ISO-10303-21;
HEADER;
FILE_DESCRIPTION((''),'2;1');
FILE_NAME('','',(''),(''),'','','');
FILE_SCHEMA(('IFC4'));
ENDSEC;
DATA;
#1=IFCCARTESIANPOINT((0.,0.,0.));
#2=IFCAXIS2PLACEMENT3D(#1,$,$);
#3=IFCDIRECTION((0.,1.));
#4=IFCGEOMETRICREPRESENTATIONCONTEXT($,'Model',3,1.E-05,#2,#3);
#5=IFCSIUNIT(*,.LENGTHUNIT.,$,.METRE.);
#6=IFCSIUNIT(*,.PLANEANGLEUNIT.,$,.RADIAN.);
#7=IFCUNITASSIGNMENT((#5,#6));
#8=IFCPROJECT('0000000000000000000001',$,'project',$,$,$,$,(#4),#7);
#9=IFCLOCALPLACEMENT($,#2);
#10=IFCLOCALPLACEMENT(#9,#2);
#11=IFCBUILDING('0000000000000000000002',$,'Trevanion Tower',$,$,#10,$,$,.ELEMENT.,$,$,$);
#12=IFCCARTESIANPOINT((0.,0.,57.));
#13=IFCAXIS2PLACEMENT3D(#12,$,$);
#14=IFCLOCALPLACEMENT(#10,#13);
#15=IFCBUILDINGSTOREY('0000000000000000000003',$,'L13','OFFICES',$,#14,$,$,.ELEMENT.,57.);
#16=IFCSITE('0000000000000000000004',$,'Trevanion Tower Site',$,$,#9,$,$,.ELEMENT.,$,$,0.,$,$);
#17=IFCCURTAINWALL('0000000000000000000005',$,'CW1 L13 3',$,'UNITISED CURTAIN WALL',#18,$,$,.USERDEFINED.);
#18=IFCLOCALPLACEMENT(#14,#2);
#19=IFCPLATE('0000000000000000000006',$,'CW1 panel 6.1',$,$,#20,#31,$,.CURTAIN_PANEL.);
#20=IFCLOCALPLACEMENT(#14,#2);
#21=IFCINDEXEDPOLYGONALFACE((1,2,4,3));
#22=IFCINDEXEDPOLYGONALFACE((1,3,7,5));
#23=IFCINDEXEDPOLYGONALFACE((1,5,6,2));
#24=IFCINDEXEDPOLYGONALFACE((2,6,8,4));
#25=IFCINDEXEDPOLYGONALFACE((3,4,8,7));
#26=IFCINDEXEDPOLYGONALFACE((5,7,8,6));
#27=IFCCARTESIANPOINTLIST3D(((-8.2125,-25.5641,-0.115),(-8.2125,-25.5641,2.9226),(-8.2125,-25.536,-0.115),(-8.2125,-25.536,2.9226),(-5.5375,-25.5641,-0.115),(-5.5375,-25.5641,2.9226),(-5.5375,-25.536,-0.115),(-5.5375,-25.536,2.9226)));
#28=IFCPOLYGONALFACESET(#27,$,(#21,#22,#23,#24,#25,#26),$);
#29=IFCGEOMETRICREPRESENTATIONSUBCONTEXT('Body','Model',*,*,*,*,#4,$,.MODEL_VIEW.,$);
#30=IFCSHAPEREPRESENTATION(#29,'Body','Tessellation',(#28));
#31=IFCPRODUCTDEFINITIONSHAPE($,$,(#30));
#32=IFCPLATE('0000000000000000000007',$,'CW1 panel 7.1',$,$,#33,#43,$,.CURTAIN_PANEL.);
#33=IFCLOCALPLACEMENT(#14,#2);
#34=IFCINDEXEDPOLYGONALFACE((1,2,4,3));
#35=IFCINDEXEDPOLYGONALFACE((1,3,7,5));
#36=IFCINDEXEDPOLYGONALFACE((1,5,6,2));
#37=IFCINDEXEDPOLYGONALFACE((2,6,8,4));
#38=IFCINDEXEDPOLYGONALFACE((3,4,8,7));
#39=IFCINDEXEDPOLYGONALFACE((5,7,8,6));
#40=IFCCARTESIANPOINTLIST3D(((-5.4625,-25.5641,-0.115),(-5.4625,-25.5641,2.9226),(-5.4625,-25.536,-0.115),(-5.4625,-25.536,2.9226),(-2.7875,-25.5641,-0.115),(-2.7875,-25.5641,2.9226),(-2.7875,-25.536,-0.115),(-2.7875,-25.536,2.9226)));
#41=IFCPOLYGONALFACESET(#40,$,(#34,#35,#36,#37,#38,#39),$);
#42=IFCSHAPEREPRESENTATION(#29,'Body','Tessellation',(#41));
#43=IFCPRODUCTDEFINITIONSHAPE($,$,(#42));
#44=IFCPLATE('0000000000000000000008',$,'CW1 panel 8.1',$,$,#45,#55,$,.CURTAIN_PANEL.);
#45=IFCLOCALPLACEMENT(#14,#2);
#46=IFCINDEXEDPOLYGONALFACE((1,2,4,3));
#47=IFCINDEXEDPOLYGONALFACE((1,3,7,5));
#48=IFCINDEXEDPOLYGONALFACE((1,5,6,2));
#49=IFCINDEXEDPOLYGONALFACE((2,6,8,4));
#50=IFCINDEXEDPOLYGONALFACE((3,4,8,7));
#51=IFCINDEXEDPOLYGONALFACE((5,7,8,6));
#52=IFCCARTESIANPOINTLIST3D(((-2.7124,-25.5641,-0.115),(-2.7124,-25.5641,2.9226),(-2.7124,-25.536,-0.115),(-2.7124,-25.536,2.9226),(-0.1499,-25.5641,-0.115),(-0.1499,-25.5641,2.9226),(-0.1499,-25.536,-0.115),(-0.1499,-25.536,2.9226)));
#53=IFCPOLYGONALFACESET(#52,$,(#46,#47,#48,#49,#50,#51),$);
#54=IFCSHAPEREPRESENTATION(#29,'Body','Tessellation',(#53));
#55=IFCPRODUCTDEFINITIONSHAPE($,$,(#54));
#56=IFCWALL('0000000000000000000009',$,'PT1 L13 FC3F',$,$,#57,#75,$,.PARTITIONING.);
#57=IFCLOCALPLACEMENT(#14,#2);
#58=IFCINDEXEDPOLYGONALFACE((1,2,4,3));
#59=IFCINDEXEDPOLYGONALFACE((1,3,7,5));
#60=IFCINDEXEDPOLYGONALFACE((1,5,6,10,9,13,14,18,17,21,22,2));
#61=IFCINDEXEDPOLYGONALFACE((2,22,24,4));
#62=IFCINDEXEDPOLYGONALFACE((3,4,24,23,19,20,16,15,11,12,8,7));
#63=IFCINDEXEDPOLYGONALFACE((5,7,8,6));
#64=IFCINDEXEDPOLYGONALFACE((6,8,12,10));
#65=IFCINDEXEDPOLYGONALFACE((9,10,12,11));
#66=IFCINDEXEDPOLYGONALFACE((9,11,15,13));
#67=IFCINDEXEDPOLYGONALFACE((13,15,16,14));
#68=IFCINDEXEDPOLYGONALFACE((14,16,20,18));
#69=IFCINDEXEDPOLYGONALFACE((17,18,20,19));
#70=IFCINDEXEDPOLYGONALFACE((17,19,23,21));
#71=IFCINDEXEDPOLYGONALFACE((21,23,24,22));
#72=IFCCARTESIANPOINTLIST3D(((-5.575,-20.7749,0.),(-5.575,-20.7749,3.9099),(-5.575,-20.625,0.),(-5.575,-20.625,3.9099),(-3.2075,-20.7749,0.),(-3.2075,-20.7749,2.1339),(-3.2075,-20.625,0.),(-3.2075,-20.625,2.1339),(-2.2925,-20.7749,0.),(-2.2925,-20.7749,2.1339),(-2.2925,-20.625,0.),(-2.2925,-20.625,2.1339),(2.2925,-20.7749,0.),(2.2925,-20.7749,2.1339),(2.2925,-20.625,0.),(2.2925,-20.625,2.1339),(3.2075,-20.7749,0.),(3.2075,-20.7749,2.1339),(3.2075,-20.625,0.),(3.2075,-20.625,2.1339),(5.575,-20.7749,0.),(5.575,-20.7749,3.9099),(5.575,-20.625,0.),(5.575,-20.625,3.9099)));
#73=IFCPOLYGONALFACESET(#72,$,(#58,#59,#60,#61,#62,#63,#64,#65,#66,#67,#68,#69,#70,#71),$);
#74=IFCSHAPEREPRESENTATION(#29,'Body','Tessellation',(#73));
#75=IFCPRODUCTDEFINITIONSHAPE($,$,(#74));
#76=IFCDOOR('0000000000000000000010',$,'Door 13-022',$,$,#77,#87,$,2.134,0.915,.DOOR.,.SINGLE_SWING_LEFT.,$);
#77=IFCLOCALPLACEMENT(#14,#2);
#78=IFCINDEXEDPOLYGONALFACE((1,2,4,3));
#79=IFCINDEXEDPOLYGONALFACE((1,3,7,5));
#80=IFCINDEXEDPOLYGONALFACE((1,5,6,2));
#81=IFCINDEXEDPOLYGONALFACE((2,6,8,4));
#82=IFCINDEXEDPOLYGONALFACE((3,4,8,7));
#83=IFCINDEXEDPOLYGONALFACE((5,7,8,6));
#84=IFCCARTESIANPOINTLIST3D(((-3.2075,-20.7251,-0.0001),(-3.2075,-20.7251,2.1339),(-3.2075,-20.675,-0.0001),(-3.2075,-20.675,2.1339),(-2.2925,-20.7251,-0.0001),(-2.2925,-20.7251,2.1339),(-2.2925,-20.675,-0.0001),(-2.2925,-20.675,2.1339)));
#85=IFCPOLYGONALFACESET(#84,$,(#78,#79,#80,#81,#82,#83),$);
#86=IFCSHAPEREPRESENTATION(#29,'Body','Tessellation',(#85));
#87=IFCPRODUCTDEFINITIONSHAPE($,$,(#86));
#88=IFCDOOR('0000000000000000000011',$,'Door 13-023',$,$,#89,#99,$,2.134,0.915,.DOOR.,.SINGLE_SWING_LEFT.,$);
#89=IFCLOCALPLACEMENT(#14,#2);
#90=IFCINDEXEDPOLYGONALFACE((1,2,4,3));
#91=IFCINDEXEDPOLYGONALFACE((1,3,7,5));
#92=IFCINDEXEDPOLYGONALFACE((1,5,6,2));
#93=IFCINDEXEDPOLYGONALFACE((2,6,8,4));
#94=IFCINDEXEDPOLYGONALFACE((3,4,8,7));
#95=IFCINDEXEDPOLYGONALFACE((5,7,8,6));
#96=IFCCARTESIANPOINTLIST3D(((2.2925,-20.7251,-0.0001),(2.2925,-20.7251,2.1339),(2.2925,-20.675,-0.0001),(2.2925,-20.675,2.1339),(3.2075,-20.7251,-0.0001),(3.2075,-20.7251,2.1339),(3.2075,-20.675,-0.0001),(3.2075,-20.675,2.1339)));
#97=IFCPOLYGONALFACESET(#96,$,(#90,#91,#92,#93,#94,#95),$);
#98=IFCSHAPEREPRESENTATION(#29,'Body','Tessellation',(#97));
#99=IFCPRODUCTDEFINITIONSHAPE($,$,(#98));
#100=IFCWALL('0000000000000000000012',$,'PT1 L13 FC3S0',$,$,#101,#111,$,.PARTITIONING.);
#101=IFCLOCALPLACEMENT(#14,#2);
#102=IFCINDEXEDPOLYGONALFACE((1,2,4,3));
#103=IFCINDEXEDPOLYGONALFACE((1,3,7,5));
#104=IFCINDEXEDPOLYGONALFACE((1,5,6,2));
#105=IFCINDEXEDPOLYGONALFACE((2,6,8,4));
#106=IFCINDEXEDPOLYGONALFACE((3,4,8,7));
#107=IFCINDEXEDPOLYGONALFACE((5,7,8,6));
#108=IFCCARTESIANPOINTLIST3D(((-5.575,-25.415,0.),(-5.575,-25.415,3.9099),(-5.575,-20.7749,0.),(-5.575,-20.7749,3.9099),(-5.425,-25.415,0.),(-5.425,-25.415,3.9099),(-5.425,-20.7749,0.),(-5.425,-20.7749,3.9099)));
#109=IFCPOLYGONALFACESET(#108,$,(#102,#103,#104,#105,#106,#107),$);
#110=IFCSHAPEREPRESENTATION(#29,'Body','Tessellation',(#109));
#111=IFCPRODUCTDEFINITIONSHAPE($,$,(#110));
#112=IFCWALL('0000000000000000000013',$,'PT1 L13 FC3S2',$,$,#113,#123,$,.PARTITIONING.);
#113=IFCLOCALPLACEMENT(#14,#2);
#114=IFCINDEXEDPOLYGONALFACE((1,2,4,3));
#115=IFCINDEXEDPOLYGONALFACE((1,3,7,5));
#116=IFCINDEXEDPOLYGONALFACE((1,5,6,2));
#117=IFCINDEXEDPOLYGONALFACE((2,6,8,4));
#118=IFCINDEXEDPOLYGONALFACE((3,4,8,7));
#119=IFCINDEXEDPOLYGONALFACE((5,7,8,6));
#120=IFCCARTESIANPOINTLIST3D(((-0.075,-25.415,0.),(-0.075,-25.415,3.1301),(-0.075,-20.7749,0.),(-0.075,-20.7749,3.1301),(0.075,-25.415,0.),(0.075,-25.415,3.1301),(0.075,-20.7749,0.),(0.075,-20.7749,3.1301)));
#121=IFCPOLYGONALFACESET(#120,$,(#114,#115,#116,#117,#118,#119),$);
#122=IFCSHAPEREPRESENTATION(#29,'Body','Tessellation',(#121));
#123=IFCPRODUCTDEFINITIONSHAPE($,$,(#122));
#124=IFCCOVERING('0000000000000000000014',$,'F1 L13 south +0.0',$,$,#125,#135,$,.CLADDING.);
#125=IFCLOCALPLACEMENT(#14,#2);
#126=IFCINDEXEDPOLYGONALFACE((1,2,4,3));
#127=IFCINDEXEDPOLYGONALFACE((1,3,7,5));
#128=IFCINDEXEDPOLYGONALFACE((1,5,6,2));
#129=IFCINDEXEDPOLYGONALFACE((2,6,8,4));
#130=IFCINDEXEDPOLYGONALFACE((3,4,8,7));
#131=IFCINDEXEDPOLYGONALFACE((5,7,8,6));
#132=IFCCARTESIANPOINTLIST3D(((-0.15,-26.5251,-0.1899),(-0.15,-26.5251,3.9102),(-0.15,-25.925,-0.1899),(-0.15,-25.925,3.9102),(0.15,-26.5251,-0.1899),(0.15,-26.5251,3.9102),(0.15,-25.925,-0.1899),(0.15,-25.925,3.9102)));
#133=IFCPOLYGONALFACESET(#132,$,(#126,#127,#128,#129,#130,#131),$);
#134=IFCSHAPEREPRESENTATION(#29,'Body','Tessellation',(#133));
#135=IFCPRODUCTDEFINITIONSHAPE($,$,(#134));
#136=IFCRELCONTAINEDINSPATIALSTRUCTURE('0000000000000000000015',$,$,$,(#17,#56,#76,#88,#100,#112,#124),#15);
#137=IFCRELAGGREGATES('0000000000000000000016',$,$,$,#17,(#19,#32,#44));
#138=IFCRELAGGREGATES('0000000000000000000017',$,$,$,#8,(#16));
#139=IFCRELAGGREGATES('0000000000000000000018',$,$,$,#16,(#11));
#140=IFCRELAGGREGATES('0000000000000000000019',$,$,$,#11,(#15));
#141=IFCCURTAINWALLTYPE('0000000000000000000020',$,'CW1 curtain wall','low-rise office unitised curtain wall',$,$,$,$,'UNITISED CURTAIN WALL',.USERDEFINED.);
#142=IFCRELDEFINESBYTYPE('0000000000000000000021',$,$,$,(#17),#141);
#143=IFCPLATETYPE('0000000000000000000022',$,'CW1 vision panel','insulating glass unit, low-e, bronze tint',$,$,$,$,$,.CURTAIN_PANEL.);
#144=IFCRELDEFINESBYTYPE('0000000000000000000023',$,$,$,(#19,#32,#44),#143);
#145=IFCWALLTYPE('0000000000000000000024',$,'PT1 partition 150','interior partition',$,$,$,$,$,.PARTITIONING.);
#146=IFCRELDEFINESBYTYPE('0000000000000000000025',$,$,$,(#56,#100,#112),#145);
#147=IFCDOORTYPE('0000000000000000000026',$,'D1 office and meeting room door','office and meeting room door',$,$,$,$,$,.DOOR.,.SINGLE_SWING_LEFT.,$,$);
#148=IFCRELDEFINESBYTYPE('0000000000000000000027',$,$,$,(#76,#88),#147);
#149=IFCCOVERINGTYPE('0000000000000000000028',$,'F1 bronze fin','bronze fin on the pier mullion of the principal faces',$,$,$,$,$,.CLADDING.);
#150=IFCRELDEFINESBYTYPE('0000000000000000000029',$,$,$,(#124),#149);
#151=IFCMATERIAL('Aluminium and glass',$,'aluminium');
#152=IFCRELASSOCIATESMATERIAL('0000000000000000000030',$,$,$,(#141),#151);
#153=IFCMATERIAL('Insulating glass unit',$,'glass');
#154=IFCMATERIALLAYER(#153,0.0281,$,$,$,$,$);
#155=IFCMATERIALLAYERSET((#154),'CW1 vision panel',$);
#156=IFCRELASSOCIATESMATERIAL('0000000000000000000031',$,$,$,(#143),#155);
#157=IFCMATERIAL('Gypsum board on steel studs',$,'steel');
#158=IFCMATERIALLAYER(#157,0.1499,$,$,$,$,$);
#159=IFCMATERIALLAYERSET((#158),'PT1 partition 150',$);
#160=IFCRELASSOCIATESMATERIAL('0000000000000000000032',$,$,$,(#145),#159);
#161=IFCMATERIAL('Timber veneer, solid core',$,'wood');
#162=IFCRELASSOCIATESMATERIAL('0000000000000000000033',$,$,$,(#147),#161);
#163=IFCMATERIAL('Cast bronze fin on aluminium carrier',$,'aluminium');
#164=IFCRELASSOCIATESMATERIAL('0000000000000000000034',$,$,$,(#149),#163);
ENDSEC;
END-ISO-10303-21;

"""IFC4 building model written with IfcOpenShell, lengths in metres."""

from ifc_helpers import new_model, si_unit, direction, frame, frame_2d, origin, origin_2d, place, context, subcontext, project, spatial, rectangle, extrude, material, layer, layer_set, type_object, element, fill, aggregate, save


model = new_model("IFC4")

# Units and contexts
model_context = context("Model", 3, precision=1e-05, world=origin(), true_north=direction((0.0, 1.0)))
body_context = subcontext(model_context, "Body", "Model", "MODEL_VIEW")
ifc_project = project(units=[si_unit("LENGTHUNIT", "METRE"), si_unit("PLANEANGLEUNIT", "RADIAN")], contexts=[model_context])

# Site, building, storey
site_placement = place(None, origin())
site = spatial("IfcSite", under=ifc_project, at=site_placement, Name="Trevanion Tower Site", CompositionType="ELEMENT", RefElevation=0.0)
building_placement = place(site_placement, origin())
building = spatial("IfcBuilding", under=site, at=building_placement, Name="Trevanion Tower", CompositionType="ELEMENT")
storey_placement = place(building_placement, frame((0.0, 0.0, 57.0)))
storey = spatial("IfcBuildingStorey", under=building, at=storey_placement, Name="L13", Description="OFFICES", CompositionType="ELEMENT", Elevation=57.0)

# Curtain wall
ifc_material_1 = material(Name="Aluminium and glass", Category="aluminium")
curtain_wall_type = type_object("IfcCurtainWallType", Name="CW1 curtain wall", Description="low-rise office unitised curtain wall", ElementType="UNITISED CURTAIN WALL", PredefinedType="USERDEFINED", material=ifc_material_1)
curtain_wall_placement = place(storey_placement, origin())
curtain_wall = element("IfcCurtainWall", 1, at=curtain_wall_placement, inside=storey, type_object=curtain_wall_type, Name="CW1 L13 3", ObjectType="UNITISED CURTAIN WALL", PredefinedType="USERDEFINED")

# Plates
ifc_material_2 = material(Name="Insulating glass unit", Category="glass")
ifc_layer_1 = layer(ifc_material_2, 0.0281)
ifc_layer_set_1 = layer_set([ifc_layer_1], Name="CW1 vision panel")
plate_type_1 = type_object("IfcPlateType", Name="CW1 vision panel", Description="insulating glass unit, low-e, bronze tint", PredefinedType="CURTAIN_PANEL", material=ifc_layer_set_1)
plate_1_placement = place(storey_placement, frame((-6.875, -25.55, -0.115), z_axis=(0.0, 0.0, 1.0), x_axis=(1.0, 0.0, 0.0)))
plate_1 = element("IfcPlate", 2, at=plate_1_placement, type_object=plate_type_1, Name="CW1 panel 6.1", PredefinedType="CURTAIN_PANEL", context=body_context, shape_type="SweptSolid", body=[
    extrude(rectangle(XDim=2.675, YDim=0.0281, at=origin_2d()), origin(), (0.0, 0.0, 1.0), 3.0376),
])
plate_2_placement = place(storey_placement, frame((-4.125, -25.55, -0.115), z_axis=(0.0, 0.0, 1.0), x_axis=(1.0, 0.0, 0.0)))
plate_2 = element("IfcPlate", 3, at=plate_2_placement, type_object=plate_type_1, Name="CW1 panel 7.1", PredefinedType="CURTAIN_PANEL", context=body_context, shape_type="SweptSolid", body=[
    extrude(rectangle(XDim=2.675, YDim=0.0281, at=origin_2d()), origin(), (0.0, 0.0, 1.0), 3.0376),
])
plate_3_placement = place(storey_placement, frame((-1.4312, -25.55, -0.115), z_axis=(0.0, 0.0, 1.0), x_axis=(1.0, 0.0, 0.0)))
plate_3 = element("IfcPlate", 4, at=plate_3_placement, type_object=plate_type_1, Name="CW1 panel 8.1", PredefinedType="CURTAIN_PANEL", context=body_context, shape_type="SweptSolid", body=[
    extrude(rectangle(XDim=2.5625, YDim=0.0281, at=origin_2d()), origin(), (0.0, 0.0, 1.0), 3.0376),
])
aggregate(curtain_wall, [plate_1, plate_2, plate_3])

# Wall, openings, doors
ifc_material_3 = material(Name="Gypsum board on steel studs", Category="steel")
ifc_layer_2 = layer(ifc_material_3, 0.1499)
ifc_layer_set_2 = layer_set([ifc_layer_2], Name="PT1 partition 150")
wall_type = type_object("IfcWallType", Name="PT1 partition 150", Description="interior partition", PredefinedType="PARTITIONING", material=ifc_layer_set_2)
wall_1_placement = place(storey_placement, frame((-5.575, -20.7, 0.0), z_axis=(0.0, 0.0, 1.0), x_axis=(1.0, 0.0, 0.0)))
wall_1 = element("IfcWall", 5, at=wall_1_placement, inside=storey, type_object=wall_type, Name="PT1 L13 FC3F", PredefinedType="PARTITIONING", context=body_context, shape_type="SweptSolid", body=[
    extrude(rectangle(XDim=11.1499, YDim=0.1499, at=frame_2d((5.575, 0.0))), origin(), (0.0, 0.0, 1.0), 3.9099),
])
opening_1_placement = place(wall_1_placement, frame((2.3674, 0.0, 0.0)))
opening_1 = element("IfcOpeningElement", 6, at=opening_1_placement, cuts=wall_1, PredefinedType="OPENING", context=body_context, shape_type="SweptSolid", body=[
    extrude(rectangle(XDim=0.915, YDim=2.134, at=frame_2d((0.4575, 1.0669))), frame((0.0, 0.085, 0.0), z_axis=(0.0, -1.0, 0.0), x_axis=(1.0, 0.0, 0.0)), (0.0, 0.0, 1.0), 0.1699),
])
opening_2_placement = place(wall_1_placement, frame((7.8674, 0.0, 0.0)))
opening_2 = element("IfcOpeningElement", 7, at=opening_2_placement, cuts=wall_1, PredefinedType="OPENING", context=body_context, shape_type="SweptSolid", body=[
    extrude(rectangle(XDim=0.915, YDim=2.134, at=frame_2d((0.4575, 1.0669))), frame((0.0, 0.085, 0.0), z_axis=(0.0, -1.0, 0.0), x_axis=(1.0, 0.0, 0.0)), (0.0, 0.0, 1.0), 0.1699),
])
ifc_material_4 = material(Name="Timber veneer, solid core", Category="wood")
door_type = type_object("IfcDoorType", Name="D1 office and meeting room door", Description="office and meeting room door", OperationType="SINGLE_SWING_LEFT", PredefinedType="DOOR", material=ifc_material_4)
door_1_placement = place(opening_1_placement, origin())
door_1 = element("IfcDoor", 8, at=door_1_placement, inside=storey, type_object=door_type, Name="Door 13-022", OperationType="SINGLE_SWING_LEFT", OverallHeight=2.134, OverallWidth=0.915, PredefinedType="DOOR", context=body_context, shape_type="SweptSolid", body=[
    extrude(rectangle(XDim=0.915, YDim=2.134, at=frame_2d((0.4575, 1.0669))), frame((0.0, 0.0249, 0.0), z_axis=(0.0, -1.0, 0.0), x_axis=(1.0, 0.0, 0.0)), (0.0, 0.0, 1.0), 0.05),
])
fill(opening_1, door_1)
door_2_placement = place(opening_2_placement, origin())
door_2 = element("IfcDoor", 9, at=door_2_placement, inside=storey, type_object=door_type, Name="Door 13-023", OperationType="SINGLE_SWING_LEFT", OverallHeight=2.134, OverallWidth=0.915, PredefinedType="DOOR", context=body_context, shape_type="SweptSolid", body=[
    extrude(rectangle(XDim=0.915, YDim=2.134, at=frame_2d((0.4575, 1.0669))), frame((0.0, 0.0249, 0.0), z_axis=(0.0, -1.0, 0.0), x_axis=(1.0, 0.0, 0.0)), (0.0, 0.0, 1.0), 0.05),
])
fill(opening_2, door_2)

# Walls
wall_2_placement = place(storey_placement, frame((-5.5, -20.7749, 0.0), z_axis=(0.0, 0.0, 1.0), x_axis=(0.0, -1.0, 0.0)))
element("IfcWall", 10, at=wall_2_placement, inside=storey, type_object=wall_type, Name="PT1 L13 FC3S0", PredefinedType="PARTITIONING", context=body_context, shape_type="SweptSolid", body=[
    extrude(rectangle(XDim=4.6401, YDim=0.1499, at=frame_2d((2.3201, 0.0))), origin(), (0.0, 0.0, 1.0), 3.9099),
])
wall_3_placement = place(storey_placement, frame((0.0, -20.7749, 0.0), z_axis=(0.0, 0.0, 1.0), x_axis=(0.0, -1.0, 0.0)))
element("IfcWall", 11, at=wall_3_placement, inside=storey, type_object=wall_type, Name="PT1 L13 FC3S2", PredefinedType="PARTITIONING", context=body_context, shape_type="SweptSolid", body=[
    extrude(rectangle(XDim=4.6401, YDim=0.1499, at=frame_2d((2.3201, 0.0))), origin(), (0.0, 0.0, 1.0), 3.1301),
])

# Covering
ifc_material_5 = material(Name="Cast bronze fin on aluminium carrier", Category="aluminium")
covering_type = type_object("IfcCoveringType", Name="F1 bronze fin", Description="bronze fin on the pier mullion of the principal faces", PredefinedType="CLADDING", material=ifc_material_5)
covering_placement = place(storey_placement, frame((0.0, -26.2251, -0.1899), z_axis=(0.0, 0.0, 1.0), x_axis=(1.0, 0.0, 0.0)))
element("IfcCovering", 12, at=covering_placement, inside=storey, type_object=covering_type, Name="F1 L13 south +0.0", PredefinedType="CLADDING", context=body_context, shape_type="SweptSolid", body=[
    extrude(rectangle(XDim=0.3, YDim=0.6001, at=origin_2d()), origin(), (0.0, 0.0, 1.0), 4.1001),
])

save(model, "model.ifc")
